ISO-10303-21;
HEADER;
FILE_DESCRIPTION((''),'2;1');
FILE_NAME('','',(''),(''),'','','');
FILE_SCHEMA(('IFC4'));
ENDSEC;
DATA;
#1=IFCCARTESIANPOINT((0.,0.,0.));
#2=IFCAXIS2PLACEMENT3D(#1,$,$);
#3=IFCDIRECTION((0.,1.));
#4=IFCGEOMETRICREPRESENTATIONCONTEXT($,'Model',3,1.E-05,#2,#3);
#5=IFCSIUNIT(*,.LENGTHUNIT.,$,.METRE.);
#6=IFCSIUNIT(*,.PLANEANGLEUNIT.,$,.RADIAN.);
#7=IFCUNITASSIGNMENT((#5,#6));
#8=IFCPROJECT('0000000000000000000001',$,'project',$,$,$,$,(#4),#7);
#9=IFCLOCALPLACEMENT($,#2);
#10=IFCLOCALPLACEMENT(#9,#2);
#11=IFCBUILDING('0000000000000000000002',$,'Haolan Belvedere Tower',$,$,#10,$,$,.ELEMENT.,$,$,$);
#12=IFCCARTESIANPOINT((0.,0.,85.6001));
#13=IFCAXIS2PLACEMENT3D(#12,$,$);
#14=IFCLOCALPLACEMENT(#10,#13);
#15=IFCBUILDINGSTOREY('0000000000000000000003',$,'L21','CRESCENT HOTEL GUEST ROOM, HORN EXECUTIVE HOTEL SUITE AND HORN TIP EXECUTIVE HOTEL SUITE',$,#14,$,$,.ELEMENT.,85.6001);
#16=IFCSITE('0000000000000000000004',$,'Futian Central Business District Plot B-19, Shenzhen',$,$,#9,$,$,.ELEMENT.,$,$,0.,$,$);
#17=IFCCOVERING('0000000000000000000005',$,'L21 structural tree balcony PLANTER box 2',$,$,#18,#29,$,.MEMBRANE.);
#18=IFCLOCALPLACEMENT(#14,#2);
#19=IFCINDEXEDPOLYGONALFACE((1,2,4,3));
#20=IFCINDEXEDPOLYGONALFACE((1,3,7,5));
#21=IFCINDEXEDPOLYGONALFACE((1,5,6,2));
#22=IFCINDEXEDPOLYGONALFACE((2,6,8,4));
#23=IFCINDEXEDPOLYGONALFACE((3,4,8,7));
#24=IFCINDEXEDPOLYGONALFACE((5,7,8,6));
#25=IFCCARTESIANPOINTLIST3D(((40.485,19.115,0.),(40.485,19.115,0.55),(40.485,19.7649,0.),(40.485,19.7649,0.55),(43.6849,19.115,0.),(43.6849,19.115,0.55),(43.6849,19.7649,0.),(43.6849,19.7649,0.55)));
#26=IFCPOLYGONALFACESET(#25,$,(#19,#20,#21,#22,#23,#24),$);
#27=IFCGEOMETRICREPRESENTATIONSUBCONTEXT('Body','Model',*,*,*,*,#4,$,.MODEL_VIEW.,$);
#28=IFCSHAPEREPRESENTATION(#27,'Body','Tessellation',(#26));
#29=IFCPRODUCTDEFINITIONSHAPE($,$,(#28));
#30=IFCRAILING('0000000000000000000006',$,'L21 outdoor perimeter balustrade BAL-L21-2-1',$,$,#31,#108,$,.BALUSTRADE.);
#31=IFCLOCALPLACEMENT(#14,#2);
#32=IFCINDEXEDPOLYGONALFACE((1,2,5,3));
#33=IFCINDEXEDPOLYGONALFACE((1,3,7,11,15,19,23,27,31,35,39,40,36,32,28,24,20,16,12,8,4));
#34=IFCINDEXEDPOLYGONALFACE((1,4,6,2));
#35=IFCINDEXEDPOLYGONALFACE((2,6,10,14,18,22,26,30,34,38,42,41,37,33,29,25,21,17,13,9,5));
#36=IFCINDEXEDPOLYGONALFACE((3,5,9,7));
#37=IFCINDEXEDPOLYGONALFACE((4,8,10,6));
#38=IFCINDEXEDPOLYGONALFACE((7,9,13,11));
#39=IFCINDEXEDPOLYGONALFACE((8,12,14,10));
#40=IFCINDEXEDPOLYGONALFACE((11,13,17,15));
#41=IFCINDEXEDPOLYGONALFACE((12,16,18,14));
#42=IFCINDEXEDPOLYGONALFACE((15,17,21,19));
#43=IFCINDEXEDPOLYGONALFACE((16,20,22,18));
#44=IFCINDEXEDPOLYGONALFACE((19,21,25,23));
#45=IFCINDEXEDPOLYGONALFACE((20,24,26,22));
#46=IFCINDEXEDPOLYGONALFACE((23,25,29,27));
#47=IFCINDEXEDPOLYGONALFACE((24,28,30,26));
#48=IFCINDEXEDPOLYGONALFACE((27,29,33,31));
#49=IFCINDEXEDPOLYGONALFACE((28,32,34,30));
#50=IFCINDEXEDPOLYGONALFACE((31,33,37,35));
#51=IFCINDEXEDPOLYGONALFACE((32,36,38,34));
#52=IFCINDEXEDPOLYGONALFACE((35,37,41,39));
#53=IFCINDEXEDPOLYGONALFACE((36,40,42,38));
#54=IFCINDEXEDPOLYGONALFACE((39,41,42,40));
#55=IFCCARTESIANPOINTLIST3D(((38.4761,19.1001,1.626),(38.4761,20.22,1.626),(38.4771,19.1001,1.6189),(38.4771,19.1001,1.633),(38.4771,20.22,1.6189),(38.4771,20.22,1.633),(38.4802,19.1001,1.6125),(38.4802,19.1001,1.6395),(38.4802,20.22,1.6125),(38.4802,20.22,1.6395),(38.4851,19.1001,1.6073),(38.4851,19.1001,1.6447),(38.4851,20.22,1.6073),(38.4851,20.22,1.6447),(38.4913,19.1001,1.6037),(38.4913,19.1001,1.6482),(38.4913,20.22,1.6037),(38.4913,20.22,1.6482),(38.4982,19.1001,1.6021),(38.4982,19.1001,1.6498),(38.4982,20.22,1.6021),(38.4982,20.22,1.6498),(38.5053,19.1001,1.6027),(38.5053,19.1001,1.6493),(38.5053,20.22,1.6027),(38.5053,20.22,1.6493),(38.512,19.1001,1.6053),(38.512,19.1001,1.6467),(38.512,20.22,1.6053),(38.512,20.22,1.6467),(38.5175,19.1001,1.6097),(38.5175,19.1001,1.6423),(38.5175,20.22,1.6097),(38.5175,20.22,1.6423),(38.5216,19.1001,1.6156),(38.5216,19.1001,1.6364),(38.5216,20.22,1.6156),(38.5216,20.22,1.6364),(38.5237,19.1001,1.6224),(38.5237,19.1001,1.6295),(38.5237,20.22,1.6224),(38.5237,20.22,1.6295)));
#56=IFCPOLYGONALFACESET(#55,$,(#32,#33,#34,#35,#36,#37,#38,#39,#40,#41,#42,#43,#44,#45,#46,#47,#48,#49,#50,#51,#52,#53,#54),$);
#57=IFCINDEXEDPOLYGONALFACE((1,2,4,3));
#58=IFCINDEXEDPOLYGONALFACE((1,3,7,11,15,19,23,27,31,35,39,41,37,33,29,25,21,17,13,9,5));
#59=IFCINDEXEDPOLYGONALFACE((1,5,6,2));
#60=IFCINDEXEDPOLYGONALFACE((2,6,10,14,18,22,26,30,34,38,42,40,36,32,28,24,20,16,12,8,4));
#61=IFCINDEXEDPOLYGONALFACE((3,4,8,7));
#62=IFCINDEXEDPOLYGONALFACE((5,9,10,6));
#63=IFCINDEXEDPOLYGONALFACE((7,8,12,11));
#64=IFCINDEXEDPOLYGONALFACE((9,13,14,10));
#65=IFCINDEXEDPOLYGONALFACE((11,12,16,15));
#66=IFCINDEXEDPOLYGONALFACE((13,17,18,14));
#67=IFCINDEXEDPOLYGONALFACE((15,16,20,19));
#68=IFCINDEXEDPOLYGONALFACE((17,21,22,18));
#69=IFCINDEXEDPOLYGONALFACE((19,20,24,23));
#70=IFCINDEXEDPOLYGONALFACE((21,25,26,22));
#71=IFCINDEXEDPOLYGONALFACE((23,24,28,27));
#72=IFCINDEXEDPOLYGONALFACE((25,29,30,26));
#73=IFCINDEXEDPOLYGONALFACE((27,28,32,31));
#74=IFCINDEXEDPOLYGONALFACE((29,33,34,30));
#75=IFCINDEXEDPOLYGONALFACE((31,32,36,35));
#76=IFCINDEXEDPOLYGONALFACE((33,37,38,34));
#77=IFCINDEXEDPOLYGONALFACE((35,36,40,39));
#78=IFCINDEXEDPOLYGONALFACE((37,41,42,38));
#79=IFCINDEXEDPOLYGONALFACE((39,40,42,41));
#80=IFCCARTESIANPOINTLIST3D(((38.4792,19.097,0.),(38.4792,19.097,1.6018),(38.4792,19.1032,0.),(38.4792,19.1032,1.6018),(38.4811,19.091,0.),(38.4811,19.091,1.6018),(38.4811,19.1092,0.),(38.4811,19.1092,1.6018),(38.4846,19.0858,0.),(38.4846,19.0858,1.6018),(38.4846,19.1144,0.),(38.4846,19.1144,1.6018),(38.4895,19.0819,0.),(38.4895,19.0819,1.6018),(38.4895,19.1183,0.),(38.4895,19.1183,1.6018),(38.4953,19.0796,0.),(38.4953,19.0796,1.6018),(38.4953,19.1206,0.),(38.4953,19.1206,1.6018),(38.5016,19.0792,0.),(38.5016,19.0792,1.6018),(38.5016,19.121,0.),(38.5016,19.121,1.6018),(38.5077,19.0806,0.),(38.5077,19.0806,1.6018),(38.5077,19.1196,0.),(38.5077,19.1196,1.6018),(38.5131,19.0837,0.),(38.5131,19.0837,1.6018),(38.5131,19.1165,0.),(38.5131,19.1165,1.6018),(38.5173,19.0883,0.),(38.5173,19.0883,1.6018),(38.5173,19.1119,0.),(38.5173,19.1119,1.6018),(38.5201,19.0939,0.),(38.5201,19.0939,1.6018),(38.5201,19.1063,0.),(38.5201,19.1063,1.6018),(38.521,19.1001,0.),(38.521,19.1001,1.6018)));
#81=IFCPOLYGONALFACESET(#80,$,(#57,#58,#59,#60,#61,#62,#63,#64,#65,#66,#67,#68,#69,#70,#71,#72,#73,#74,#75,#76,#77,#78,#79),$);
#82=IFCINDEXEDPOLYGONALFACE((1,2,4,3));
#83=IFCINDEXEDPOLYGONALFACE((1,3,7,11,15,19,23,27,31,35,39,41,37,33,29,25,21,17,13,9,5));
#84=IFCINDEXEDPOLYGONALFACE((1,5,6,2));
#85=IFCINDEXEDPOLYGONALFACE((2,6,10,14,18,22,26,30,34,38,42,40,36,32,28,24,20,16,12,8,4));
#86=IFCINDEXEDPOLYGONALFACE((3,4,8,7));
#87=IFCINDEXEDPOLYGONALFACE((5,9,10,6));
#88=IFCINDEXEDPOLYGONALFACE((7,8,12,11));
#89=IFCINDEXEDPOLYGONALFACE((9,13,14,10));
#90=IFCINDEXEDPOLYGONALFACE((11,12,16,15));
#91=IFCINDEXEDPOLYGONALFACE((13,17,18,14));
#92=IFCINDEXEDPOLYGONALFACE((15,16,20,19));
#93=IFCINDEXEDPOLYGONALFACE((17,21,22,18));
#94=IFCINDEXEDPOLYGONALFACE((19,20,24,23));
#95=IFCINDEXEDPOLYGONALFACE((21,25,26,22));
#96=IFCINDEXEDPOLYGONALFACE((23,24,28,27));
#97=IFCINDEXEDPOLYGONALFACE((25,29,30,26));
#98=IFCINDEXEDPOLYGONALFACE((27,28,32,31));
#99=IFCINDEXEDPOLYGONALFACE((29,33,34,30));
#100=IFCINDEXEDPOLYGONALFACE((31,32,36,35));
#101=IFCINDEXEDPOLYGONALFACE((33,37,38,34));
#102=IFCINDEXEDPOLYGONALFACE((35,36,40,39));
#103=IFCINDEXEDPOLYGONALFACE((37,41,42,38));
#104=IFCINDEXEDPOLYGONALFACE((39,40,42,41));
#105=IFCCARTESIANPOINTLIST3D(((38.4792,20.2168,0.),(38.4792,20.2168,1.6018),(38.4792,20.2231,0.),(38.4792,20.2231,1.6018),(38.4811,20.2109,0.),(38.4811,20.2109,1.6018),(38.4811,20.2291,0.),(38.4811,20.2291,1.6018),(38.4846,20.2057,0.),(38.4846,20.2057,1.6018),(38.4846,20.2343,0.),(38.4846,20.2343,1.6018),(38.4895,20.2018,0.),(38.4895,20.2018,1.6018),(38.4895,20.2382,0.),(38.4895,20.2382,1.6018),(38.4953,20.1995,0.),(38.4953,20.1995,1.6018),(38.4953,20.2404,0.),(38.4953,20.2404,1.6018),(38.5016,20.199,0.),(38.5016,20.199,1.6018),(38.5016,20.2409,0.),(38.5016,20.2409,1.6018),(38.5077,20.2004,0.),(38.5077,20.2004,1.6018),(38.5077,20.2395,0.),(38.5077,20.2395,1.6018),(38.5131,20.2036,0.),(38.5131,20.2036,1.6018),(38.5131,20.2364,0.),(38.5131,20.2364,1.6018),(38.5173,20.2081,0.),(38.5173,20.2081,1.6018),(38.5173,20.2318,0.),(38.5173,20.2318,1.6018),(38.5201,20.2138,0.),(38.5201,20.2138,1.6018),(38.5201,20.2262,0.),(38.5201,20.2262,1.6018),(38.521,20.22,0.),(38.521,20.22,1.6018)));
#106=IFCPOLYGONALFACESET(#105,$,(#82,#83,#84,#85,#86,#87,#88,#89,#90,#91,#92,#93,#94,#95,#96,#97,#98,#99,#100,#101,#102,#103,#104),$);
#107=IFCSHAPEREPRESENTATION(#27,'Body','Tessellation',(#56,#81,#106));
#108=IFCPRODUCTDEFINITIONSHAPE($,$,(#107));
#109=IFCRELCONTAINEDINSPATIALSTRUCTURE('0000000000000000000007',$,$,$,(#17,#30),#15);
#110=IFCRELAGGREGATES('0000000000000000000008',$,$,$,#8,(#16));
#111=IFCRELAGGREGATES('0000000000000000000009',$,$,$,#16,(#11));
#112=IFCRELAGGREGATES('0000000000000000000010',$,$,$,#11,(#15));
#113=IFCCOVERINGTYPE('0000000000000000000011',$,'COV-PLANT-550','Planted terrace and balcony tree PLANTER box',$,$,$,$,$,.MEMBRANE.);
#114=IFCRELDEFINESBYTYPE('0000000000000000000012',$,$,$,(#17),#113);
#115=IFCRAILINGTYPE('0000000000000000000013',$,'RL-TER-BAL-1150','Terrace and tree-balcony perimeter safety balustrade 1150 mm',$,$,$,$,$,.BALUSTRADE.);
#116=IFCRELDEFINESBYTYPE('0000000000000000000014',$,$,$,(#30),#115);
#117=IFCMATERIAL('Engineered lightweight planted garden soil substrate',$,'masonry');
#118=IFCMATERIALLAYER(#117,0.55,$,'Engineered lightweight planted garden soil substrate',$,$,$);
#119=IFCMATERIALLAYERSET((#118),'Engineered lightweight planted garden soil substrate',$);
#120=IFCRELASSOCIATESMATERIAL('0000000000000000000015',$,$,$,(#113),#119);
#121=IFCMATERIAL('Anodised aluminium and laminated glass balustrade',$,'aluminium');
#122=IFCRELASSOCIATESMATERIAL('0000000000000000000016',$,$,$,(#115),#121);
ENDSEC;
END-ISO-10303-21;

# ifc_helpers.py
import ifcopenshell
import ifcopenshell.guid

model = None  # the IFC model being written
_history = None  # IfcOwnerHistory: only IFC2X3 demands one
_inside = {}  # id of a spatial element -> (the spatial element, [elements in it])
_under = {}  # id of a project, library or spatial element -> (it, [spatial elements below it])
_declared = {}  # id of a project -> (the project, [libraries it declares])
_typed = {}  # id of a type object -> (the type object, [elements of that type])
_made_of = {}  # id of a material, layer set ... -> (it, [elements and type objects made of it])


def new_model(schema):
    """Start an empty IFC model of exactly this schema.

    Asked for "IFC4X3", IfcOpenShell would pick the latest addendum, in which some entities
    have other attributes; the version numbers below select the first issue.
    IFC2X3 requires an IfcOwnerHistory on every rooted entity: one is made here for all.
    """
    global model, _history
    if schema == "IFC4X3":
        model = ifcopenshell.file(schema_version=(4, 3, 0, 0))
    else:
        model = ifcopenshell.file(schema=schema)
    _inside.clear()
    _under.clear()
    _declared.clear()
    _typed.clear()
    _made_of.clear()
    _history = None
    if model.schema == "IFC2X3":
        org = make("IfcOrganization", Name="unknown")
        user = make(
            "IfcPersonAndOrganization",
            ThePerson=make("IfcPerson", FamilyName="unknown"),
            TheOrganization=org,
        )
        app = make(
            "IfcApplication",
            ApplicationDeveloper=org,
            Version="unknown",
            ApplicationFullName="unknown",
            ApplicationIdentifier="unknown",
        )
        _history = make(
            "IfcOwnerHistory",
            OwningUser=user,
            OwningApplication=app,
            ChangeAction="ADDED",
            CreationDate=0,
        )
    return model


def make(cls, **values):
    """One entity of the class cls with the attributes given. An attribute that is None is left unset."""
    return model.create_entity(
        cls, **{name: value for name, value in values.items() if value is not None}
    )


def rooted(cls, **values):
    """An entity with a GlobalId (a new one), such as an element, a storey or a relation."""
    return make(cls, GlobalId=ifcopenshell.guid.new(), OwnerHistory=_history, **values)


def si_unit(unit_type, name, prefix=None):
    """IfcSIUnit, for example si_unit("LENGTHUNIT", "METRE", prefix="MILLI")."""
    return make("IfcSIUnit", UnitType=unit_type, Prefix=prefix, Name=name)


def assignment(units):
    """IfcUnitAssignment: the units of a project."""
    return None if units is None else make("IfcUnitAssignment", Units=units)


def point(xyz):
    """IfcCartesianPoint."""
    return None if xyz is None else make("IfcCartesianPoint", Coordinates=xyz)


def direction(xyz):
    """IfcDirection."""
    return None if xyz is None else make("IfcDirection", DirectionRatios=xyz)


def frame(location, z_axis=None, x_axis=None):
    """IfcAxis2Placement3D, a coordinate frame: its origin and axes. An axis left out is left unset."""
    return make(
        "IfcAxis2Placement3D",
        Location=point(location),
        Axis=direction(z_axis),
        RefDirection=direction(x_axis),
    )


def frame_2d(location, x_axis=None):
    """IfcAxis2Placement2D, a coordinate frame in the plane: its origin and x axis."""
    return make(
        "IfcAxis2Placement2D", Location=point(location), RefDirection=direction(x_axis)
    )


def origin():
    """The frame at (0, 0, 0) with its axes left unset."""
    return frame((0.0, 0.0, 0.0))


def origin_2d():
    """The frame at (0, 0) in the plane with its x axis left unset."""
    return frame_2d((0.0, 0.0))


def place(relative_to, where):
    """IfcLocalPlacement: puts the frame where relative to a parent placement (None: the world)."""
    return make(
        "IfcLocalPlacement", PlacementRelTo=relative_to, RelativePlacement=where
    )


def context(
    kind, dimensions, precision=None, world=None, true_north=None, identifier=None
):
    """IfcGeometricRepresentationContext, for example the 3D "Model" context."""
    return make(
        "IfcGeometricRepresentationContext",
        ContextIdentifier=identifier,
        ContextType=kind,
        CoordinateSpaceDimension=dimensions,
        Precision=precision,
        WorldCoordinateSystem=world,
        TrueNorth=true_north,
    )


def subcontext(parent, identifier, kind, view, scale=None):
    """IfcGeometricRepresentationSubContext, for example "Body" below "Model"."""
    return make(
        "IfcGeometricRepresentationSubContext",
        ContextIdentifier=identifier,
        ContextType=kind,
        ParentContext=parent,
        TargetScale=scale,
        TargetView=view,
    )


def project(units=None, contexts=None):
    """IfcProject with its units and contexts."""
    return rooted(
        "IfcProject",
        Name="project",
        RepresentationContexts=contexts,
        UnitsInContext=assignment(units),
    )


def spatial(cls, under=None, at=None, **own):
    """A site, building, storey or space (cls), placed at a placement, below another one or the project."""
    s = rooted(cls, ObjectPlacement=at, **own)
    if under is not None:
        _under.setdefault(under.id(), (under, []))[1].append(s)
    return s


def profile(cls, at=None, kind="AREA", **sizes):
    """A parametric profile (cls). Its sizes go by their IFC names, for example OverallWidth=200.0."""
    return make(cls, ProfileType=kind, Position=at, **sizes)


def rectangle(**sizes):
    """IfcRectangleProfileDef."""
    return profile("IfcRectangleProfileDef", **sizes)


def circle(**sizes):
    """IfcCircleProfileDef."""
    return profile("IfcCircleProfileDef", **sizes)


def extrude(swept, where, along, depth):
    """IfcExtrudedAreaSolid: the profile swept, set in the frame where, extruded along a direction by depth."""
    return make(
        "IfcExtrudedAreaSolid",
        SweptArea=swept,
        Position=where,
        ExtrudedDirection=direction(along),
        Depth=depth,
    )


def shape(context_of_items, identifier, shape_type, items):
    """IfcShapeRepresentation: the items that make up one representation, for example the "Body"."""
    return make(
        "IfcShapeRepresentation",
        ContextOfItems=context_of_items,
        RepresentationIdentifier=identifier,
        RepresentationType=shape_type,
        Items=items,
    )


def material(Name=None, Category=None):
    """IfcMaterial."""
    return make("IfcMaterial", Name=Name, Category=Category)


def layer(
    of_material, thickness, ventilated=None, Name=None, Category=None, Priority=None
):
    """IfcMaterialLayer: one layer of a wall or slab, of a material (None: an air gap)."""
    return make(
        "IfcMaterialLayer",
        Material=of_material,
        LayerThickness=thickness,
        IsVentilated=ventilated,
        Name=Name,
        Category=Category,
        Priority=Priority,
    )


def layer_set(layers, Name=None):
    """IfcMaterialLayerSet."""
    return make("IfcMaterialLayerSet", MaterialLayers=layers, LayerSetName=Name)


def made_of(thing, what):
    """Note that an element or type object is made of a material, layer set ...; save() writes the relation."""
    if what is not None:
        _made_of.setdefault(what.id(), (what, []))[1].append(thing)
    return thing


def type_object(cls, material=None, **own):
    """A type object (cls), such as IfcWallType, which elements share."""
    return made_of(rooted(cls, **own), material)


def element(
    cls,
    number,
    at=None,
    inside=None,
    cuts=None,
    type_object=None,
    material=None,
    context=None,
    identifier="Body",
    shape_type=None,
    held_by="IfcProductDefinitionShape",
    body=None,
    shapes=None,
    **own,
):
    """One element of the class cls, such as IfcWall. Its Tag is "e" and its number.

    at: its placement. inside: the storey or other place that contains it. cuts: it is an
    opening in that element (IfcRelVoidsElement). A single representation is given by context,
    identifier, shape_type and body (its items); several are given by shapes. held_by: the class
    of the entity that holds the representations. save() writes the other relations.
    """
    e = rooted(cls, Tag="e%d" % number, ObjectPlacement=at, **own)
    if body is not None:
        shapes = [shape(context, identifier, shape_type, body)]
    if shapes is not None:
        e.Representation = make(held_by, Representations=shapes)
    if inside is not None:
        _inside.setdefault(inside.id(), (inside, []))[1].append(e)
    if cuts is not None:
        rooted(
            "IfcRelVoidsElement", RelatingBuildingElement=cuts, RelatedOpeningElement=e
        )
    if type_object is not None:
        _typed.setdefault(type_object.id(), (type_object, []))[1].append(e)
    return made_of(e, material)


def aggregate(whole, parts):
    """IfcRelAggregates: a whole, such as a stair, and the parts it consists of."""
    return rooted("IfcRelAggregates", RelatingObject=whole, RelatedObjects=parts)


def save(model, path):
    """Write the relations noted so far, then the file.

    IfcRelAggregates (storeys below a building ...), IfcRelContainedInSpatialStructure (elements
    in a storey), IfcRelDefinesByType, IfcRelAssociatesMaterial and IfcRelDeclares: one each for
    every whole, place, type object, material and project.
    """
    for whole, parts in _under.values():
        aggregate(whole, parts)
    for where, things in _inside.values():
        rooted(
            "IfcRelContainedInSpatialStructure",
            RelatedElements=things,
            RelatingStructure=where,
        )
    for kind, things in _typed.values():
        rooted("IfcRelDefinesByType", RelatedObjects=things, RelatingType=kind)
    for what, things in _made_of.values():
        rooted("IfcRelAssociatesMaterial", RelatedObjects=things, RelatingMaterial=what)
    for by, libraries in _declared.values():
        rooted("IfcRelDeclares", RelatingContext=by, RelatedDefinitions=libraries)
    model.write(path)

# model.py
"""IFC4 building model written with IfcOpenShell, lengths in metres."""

from ifc_helpers import new_model, si_unit, direction, frame, origin, origin_2d, place, context, subcontext, project, spatial, rectangle, circle, extrude, material, layer, layer_set, type_object, element, save


model = new_model("IFC4")

# Units and contexts
model_context = context("Model", 3, precision=1e-05, world=origin(), true_north=direction((0.0, 1.0)))
body_context = subcontext(model_context, "Body", "Model", "MODEL_VIEW")
ifc_project = project(units=[si_unit("LENGTHUNIT", "METRE"), si_unit("PLANEANGLEUNIT", "RADIAN")], contexts=[model_context])

# Site, building, storey
site_placement = place(None, origin())
site = spatial("IfcSite", under=ifc_project, at=site_placement, Name="Futian Central Business District Plot B-19, Shenzhen", CompositionType="ELEMENT", RefElevation=0.0)
building_placement = place(site_placement, origin())
building = spatial("IfcBuilding", under=site, at=building_placement, Name="Haolan Belvedere Tower", CompositionType="ELEMENT")
storey_placement = place(building_placement, frame((0.0, 0.0, 85.6001)))
storey = spatial("IfcBuildingStorey", under=building, at=storey_placement, Name="L21", Description="CRESCENT HOTEL GUEST ROOM, HORN EXECUTIVE HOTEL SUITE AND HORN TIP EXECUTIVE HOTEL SUITE", CompositionType="ELEMENT", Elevation=85.6001)

# Covering
ifc_material_1 = material(Name="Engineered lightweight planted garden soil substrate", Category="masonry")
ifc_layer_1 = layer(ifc_material_1, 0.55, Name="Engineered lightweight planted garden soil substrate")
ifc_layer_set_1 = layer_set([ifc_layer_1], Name="Engineered lightweight planted garden soil substrate")
covering_type = type_object("IfcCoveringType", Name="COV-PLANT-550", Description="Planted terrace and balcony tree PLANTER box", PredefinedType="MEMBRANE", material=ifc_layer_set_1)
covering_placement = place(storey_placement, frame((42.085, 19.4399, 0.0), z_axis=(0.0, 0.0, 1.0), x_axis=(1.0, 0.0, 0.0)))
element("IfcCovering", 1, at=covering_placement, inside=storey, type_object=covering_type, Name="L21 structural tree balcony PLANTER box 2", PredefinedType="MEMBRANE", context=body_context, shape_type="SweptSolid", body=[
    extrude(rectangle(XDim=3.2, YDim=0.6499, at=origin_2d()), origin(), (0.0, 0.0, 1.0), 0.55),
])

# Railing
ifc_material_2 = material(Name="Anodised aluminium and laminated glass balustrade", Category="aluminium")
railing_type = type_object("IfcRailingType", Name="RL-TER-BAL-1150", Description="Terrace and tree-balcony perimeter safety balustrade 1150 mm", PredefinedType="BALUSTRADE", material=ifc_material_2)
railing_1_placement = place(storey_placement, frame((38.5, 19.1001, 0.0)))
element("IfcRailing", 2, at=railing_1_placement, inside=storey, type_object=railing_type, Name="L21 outdoor perimeter balustrade BAL-L21-2-1", PredefinedType="BALUSTRADE", context=body_context, shape_type="SweptSolid", body=[
    extrude(circle(Radius=0.0239, at=origin_2d()), frame((0.0, 0.0, 1.626), z_axis=(0.0, 1.0, 0.0), x_axis=(-1.0, 0.0, 0.0)), (0.0, 0.0, 1.0), 1.1199),
    extrude(circle(Radius=0.021, at=origin_2d()), origin(), (0.0, 0.0, 1.0), 1.6018),
    extrude(circle(Radius=0.021, at=origin_2d()), frame((0.0, 1.1199, 0.0)), (0.0, 0.0, 1.0), 1.6018),
])

save(model, "model.ifc")
